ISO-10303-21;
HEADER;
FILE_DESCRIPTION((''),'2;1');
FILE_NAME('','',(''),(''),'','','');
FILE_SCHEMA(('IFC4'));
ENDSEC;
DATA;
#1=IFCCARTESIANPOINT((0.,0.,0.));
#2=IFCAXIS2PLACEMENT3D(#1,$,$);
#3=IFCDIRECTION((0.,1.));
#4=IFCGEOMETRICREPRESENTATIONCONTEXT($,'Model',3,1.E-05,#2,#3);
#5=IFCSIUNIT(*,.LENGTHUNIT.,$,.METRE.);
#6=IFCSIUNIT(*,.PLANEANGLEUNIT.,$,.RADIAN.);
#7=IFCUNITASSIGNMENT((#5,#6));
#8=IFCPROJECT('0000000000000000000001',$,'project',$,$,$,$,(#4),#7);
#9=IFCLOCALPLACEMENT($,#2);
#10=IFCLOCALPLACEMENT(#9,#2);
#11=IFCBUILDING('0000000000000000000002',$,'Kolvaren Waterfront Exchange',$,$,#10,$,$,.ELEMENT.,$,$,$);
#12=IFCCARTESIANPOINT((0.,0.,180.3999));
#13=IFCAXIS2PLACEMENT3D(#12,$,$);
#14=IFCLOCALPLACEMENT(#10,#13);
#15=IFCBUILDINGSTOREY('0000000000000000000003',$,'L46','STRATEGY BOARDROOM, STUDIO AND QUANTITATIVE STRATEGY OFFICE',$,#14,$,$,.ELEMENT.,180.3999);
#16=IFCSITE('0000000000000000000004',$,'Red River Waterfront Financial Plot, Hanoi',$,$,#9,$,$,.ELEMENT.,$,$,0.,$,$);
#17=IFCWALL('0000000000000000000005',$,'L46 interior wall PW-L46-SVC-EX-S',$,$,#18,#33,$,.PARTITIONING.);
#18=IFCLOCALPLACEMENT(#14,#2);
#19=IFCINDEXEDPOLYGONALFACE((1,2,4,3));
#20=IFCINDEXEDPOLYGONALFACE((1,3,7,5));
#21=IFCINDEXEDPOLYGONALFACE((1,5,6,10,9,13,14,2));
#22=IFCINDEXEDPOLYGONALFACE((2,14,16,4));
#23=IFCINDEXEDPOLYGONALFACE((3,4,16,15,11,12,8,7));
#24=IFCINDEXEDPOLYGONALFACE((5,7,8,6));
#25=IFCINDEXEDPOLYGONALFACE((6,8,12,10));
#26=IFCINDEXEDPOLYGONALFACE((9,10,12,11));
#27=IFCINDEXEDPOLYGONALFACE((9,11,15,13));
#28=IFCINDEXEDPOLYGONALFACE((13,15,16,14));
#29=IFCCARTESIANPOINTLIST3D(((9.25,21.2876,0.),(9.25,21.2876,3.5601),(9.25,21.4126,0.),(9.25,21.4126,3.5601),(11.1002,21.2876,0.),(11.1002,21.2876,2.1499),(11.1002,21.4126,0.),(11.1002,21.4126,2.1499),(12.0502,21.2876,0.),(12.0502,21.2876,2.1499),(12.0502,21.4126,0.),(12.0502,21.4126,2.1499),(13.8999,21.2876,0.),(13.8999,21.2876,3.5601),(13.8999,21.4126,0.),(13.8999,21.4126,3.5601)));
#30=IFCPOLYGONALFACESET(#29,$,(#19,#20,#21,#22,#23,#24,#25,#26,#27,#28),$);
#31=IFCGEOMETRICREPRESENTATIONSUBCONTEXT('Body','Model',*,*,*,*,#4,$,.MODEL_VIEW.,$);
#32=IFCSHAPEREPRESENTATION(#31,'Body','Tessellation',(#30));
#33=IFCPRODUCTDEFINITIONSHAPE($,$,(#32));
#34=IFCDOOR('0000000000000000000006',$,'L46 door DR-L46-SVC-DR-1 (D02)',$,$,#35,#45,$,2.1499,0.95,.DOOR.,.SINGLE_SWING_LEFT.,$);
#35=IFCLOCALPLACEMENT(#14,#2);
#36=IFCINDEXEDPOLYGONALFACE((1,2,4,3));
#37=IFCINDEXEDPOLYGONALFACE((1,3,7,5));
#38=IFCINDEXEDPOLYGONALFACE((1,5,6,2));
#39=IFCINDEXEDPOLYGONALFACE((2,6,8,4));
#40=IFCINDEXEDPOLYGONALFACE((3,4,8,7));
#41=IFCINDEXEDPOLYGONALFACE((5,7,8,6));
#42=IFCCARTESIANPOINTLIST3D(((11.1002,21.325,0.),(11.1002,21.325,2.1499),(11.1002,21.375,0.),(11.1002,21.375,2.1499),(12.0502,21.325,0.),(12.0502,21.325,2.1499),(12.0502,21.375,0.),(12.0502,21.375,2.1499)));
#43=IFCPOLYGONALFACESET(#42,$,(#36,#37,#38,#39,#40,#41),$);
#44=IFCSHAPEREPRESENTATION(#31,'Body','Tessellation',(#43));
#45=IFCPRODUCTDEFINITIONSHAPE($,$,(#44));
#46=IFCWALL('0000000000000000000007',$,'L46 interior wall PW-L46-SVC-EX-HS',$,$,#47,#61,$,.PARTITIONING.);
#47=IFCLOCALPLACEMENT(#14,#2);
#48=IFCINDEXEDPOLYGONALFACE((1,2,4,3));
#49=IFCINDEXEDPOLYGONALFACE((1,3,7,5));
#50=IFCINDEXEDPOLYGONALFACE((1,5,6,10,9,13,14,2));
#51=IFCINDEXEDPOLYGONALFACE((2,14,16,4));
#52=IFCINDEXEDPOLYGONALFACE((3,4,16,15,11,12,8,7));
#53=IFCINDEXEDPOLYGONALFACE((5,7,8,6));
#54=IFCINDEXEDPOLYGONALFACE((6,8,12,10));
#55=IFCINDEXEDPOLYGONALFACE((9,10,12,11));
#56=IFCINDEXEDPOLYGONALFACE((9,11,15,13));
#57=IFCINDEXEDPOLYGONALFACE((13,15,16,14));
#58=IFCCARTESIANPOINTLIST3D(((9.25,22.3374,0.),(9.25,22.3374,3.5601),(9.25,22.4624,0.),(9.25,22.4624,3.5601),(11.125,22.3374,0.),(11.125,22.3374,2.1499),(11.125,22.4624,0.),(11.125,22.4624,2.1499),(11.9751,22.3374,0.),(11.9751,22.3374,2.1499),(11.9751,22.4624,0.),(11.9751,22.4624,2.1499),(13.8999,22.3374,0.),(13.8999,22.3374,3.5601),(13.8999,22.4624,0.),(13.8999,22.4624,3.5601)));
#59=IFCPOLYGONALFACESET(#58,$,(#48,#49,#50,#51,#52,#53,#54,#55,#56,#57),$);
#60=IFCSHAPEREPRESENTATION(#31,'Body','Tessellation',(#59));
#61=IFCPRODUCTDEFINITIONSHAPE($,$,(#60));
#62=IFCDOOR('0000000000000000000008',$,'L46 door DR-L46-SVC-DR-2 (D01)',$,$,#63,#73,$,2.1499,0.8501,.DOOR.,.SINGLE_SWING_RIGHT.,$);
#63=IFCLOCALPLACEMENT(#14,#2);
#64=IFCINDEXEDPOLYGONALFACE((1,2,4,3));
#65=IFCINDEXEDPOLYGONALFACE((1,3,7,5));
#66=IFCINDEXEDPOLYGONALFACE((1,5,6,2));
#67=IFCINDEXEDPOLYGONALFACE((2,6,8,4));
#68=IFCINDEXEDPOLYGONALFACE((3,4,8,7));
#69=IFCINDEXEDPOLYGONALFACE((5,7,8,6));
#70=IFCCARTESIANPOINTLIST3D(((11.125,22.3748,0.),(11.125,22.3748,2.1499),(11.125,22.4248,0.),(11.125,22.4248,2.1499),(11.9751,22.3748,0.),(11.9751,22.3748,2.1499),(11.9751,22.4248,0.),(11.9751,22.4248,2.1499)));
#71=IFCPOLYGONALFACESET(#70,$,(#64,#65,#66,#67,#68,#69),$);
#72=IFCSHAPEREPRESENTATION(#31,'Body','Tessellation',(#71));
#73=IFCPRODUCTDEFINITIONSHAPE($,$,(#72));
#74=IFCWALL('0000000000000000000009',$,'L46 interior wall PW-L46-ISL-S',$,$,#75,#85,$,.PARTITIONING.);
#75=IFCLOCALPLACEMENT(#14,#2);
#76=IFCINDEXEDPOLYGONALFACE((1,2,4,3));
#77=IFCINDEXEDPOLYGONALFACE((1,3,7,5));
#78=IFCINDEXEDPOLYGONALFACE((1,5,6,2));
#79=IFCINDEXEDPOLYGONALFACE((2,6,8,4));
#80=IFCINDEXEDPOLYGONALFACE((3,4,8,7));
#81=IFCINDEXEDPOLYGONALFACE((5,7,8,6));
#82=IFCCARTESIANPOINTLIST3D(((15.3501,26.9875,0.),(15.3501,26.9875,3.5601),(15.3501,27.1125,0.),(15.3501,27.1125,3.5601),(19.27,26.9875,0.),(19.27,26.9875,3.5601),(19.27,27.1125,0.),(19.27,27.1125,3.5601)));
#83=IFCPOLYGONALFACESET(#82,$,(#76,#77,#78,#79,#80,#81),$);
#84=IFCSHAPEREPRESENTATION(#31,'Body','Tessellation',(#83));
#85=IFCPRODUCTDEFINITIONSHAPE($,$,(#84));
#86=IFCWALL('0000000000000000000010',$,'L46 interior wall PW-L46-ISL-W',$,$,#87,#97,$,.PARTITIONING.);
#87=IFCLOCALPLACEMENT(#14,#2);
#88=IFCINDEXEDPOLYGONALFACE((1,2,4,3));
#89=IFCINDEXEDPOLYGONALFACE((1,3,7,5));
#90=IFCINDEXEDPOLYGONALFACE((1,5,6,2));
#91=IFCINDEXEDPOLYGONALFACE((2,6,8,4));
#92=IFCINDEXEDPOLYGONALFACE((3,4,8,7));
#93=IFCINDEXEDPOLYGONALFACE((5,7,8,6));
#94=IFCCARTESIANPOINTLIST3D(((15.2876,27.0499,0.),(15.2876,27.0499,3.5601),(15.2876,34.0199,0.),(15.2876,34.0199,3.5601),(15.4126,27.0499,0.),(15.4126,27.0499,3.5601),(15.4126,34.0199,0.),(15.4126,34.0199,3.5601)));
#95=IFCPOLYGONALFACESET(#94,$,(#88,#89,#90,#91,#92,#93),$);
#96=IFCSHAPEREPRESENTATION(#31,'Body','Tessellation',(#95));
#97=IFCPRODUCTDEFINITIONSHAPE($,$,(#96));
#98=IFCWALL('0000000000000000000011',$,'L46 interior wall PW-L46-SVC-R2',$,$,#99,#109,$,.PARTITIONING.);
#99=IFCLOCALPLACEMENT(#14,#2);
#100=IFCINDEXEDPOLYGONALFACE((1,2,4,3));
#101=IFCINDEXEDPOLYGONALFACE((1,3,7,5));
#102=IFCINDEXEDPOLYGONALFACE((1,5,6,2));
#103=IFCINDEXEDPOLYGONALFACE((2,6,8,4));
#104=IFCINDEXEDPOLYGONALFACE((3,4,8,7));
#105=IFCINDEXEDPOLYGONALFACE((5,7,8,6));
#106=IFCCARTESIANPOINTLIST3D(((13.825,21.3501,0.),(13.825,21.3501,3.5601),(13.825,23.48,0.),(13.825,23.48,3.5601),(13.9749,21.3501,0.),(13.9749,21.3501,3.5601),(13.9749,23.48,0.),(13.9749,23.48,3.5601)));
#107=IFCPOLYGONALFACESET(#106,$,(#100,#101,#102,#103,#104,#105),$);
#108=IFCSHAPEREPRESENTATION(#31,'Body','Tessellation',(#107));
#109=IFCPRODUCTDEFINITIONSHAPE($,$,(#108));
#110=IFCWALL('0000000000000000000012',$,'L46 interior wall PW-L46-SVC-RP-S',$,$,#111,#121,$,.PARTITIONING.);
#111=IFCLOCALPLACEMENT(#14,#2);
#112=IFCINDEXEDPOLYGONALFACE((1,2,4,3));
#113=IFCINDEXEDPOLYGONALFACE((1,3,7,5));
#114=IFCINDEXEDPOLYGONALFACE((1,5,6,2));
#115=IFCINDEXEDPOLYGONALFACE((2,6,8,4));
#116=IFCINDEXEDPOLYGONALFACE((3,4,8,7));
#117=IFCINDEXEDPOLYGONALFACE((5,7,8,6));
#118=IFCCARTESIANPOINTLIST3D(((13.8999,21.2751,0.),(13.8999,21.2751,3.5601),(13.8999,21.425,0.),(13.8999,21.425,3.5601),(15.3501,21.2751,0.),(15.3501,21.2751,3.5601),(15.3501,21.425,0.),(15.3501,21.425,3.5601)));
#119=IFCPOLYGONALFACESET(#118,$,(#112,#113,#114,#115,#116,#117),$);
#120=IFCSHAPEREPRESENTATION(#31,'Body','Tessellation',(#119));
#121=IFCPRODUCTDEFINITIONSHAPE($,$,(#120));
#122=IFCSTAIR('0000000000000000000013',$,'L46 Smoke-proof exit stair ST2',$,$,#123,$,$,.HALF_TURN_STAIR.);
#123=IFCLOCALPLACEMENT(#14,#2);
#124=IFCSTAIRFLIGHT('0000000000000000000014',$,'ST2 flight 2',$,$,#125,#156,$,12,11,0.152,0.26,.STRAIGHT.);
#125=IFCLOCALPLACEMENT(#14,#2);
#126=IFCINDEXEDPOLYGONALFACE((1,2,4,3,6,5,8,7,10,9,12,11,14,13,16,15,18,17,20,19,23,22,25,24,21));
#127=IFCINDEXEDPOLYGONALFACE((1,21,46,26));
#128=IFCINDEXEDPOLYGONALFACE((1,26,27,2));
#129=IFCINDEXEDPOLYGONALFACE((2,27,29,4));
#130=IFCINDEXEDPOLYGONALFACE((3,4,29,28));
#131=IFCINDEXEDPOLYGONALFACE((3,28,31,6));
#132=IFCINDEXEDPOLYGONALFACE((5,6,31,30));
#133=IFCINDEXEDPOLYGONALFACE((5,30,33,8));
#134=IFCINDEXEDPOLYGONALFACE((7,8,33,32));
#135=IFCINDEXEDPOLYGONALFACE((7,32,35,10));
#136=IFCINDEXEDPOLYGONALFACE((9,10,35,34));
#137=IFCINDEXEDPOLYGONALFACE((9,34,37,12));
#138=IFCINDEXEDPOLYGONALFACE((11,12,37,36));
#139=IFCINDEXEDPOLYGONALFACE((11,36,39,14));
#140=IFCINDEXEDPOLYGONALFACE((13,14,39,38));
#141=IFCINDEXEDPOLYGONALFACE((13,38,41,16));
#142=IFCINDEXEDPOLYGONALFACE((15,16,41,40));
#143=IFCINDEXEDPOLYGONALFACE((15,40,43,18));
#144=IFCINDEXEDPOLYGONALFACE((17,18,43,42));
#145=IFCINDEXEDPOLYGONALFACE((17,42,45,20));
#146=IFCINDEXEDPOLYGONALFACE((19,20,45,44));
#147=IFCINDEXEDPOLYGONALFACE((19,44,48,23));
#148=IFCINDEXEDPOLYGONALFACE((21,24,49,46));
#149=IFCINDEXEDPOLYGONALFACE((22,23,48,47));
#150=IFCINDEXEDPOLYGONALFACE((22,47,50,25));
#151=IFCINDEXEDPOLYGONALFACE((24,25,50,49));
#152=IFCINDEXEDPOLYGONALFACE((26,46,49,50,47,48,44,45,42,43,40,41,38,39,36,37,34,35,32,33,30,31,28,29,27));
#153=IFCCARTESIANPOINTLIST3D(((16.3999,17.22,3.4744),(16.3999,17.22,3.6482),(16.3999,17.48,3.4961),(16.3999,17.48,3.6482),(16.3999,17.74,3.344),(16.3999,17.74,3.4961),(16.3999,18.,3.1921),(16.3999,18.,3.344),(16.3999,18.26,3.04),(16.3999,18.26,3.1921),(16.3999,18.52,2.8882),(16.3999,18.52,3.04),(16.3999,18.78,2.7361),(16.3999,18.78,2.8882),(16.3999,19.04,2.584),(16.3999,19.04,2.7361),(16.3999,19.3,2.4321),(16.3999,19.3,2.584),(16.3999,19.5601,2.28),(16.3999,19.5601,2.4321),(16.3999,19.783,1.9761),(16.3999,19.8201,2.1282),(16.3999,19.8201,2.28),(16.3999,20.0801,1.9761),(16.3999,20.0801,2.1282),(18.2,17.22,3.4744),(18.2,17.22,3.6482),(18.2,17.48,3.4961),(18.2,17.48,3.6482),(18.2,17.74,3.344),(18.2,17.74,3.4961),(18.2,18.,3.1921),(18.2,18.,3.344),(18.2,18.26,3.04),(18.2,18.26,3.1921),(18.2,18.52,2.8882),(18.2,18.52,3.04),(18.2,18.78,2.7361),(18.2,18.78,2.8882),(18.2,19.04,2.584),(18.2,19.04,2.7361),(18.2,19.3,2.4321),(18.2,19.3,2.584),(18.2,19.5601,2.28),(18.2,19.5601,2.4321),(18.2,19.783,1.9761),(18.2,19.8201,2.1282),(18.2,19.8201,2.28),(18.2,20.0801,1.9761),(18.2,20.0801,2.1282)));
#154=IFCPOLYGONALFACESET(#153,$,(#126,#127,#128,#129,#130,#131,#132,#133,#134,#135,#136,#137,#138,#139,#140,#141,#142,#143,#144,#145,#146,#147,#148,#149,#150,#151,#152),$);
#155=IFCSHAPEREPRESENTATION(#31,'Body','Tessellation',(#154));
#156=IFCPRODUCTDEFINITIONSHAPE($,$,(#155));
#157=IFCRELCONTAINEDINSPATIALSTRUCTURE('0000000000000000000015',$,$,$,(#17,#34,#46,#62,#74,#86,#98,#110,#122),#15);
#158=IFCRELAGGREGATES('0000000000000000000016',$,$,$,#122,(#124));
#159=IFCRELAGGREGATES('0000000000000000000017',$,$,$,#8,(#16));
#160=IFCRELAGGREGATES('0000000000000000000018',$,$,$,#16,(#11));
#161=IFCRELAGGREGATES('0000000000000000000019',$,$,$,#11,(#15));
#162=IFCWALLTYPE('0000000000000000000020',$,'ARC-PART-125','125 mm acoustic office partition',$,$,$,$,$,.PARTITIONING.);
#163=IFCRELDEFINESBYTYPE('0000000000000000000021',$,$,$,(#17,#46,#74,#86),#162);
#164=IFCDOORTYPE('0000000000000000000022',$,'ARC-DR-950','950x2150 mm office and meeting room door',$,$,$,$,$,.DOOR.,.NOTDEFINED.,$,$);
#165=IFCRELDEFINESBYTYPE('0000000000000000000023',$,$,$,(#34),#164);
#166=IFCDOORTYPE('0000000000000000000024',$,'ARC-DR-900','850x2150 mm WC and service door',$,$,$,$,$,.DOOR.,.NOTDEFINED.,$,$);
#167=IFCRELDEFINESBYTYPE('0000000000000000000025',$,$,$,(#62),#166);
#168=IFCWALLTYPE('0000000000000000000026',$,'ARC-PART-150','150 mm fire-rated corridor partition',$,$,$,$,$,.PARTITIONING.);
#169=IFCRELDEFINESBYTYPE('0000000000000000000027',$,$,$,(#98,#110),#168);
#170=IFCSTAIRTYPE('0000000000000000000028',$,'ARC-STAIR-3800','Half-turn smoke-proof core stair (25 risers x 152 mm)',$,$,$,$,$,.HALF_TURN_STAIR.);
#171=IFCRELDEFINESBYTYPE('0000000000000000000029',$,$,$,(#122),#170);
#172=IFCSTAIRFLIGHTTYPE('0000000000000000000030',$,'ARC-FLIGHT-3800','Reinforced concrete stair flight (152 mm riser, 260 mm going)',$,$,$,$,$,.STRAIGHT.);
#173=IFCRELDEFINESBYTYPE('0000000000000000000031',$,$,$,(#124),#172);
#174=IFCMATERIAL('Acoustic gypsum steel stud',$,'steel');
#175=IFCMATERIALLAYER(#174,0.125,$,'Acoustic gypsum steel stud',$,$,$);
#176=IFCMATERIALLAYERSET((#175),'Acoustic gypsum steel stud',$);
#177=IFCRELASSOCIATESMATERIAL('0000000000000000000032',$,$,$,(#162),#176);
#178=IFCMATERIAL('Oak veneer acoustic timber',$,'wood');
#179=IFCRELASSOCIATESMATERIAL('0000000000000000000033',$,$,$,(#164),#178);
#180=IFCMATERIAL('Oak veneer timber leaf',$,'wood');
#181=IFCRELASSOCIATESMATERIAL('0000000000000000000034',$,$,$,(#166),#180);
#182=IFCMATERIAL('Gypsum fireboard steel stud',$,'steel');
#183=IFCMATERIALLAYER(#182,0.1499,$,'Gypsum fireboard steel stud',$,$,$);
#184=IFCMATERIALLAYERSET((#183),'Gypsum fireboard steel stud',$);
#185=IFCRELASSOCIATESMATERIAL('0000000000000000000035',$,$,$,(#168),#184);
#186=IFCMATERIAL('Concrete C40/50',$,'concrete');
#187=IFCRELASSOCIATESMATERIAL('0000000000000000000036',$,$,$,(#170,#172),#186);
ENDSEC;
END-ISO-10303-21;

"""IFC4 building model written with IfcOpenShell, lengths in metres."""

from ifc_helpers import new_model, si_unit, direction, frame, frame_2d, origin, place, context, subcontext, project, spatial, polyline, rectangle, outline, extrude, material, layer, layer_set, type_object, element, fill, aggregate, save


model = new_model("IFC4")

# Units and contexts
model_context = context("Model", 3, precision=1e-05, world=origin(), true_north=direction((0.0, 1.0)))
body_context = subcontext(model_context, "Body", "Model", "MODEL_VIEW")
ifc_project = project(units=[si_unit("LENGTHUNIT", "METRE"), si_unit("PLANEANGLEUNIT", "RADIAN")], contexts=[model_context])

# Site, building, storey
site_placement = place(None, origin())
site = spatial("IfcSite", under=ifc_project, at=site_placement, Name="Red River Waterfront Financial Plot, Hanoi", CompositionType="ELEMENT", RefElevation=0.0)
building_placement = place(site_placement, origin())
building = spatial("IfcBuilding", under=site, at=building_placement, Name="Kolvaren Waterfront Exchange", CompositionType="ELEMENT")
storey_placement = place(building_placement, frame((0.0, 0.0, 180.3999)))
storey = spatial("IfcBuildingStorey", under=building, at=storey_placement, Name="L46", Description="STRATEGY BOARDROOM, STUDIO AND QUANTITATIVE STRATEGY OFFICE", CompositionType="ELEMENT", Elevation=180.3999)

# Walls, openings, doors
ifc_material_1 = material(Name="Acoustic gypsum steel stud", Category="steel")
ifc_layer_1 = layer(ifc_material_1, 0.125, Name="Acoustic gypsum steel stud")
ifc_layer_set_1 = layer_set([ifc_layer_1], Name="Acoustic gypsum steel stud")
wall_type_1 = type_object("IfcWallType", Name="ARC-PART-125", Description="125 mm acoustic office partition", PredefinedType="PARTITIONING", material=ifc_layer_set_1)
wall_1_placement = place(storey_placement, frame((9.25, 21.3501, 0.0), z_axis=(0.0, 0.0, 1.0), x_axis=(1.0, 0.0, 0.0)))
wall_1 = element("IfcWall", 1, at=wall_1_placement, inside=storey, type_object=wall_type_1, Name="L46 interior wall PW-L46-SVC-EX-S", PredefinedType="PARTITIONING", context=body_context, shape_type="SweptSolid", body=[
    extrude(rectangle(XDim=4.6499, YDim=0.125, at=frame_2d((2.325, 0.0))), origin(), (0.0, 0.0, 1.0), 3.5601),
])
opening_1_placement = place(wall_1_placement, frame((1.8501, 0.0, 0.0)))
opening_1 = element("IfcOpeningElement", 2, at=opening_1_placement, cuts=wall_1, PredefinedType="OPENING", context=body_context, shape_type="SweptSolid", body=[
    extrude(rectangle(XDim=0.95, YDim=2.1499, at=frame_2d((0.4751, 1.075))), frame((0.0, 0.0725, 0.0), z_axis=(0.0, -1.0, 0.0), x_axis=(1.0, 0.0, 0.0)), (0.0, 0.0, 1.0), 0.145),
])
ifc_material_2 = material(Name="Oak veneer acoustic timber", Category="wood")
door_type_1 = type_object("IfcDoorType", Name="ARC-DR-950", Description="950x2150 mm office and meeting room door", OperationType="NOTDEFINED", PredefinedType="DOOR", material=ifc_material_2)
door_1_placement = place(opening_1_placement, origin())
door_1 = element("IfcDoor", 3, at=door_1_placement, inside=storey, type_object=door_type_1, Name="L46 door DR-L46-SVC-DR-1 (D02)", OperationType="SINGLE_SWING_LEFT", OverallHeight=2.1499, OverallWidth=0.95, PredefinedType="DOOR", context=body_context, shape_type="SweptSolid", body=[
    extrude(rectangle(XDim=0.95, YDim=2.1499, at=frame_2d((0.4751, 1.075))), frame((0.0, 0.0249, 0.0), z_axis=(0.0, -1.0, 0.0), x_axis=(1.0, 0.0, 0.0)), (0.0, 0.0, 1.0), 0.05),
])
fill(opening_1, door_1)
wall_2_placement = place(storey_placement, frame((9.25, 22.3999, 0.0), z_axis=(0.0, 0.0, 1.0), x_axis=(1.0, 0.0, 0.0)))
wall_2 = element("IfcWall", 4, at=wall_2_placement, inside=storey, type_object=wall_type_1, Name="L46 interior wall PW-L46-SVC-EX-HS", PredefinedType="PARTITIONING", context=body_context, shape_type="SweptSolid", body=[
    extrude(rectangle(XDim=4.6499, YDim=0.125, at=frame_2d((2.325, 0.0))), origin(), (0.0, 0.0, 1.0), 3.5601),
])
opening_2_placement = place(wall_2_placement, frame((1.875, 0.0, 0.0)))
opening_2 = element("IfcOpeningElement", 5, at=opening_2_placement, cuts=wall_2, PredefinedType="OPENING", context=body_context, shape_type="SweptSolid", body=[
    extrude(rectangle(XDim=0.8501, YDim=2.1499, at=frame_2d((0.425, 1.075))), frame((0.0, 0.0725, 0.0), z_axis=(0.0, -1.0, 0.0), x_axis=(1.0, 0.0, 0.0)), (0.0, 0.0, 1.0), 0.145),
])
ifc_material_3 = material(Name="Oak veneer timber leaf", Category="wood")
door_type_2 = type_object("IfcDoorType", Name="ARC-DR-900", Description="850x2150 mm WC and service door", OperationType="NOTDEFINED", PredefinedType="DOOR", material=ifc_material_3)
door_2_placement = place(opening_2_placement, origin())
door_2 = element("IfcDoor", 6, at=door_2_placement, inside=storey, type_object=door_type_2, Name="L46 door DR-L46-SVC-DR-2 (D01)", OperationType="SINGLE_SWING_RIGHT", OverallHeight=2.1499, OverallWidth=0.8501, PredefinedType="DOOR", context=body_context, shape_type="SweptSolid", body=[
    extrude(rectangle(XDim=0.8501, YDim=2.1499, at=frame_2d((0.425, 1.075))), frame((0.0, 0.0249, 0.0), z_axis=(0.0, -1.0, 0.0), x_axis=(1.0, 0.0, 0.0)), (0.0, 0.0, 1.0), 0.05),
])
fill(opening_2, door_2)

# Walls
wall_3_placement = place(storey_placement, frame((15.3501, 27.05, 0.0), z_axis=(0.0, 0.0, 1.0), x_axis=(1.0, 0.0, 0.0)))
element("IfcWall", 7, at=wall_3_placement, inside=storey, type_object=wall_type_1, Name="L46 interior wall PW-L46-ISL-S", PredefinedType="PARTITIONING", context=body_context, shape_type="SweptSolid", body=[
    extrude(rectangle(XDim=3.9199, YDim=0.125, at=frame_2d((1.96, 0.0))), origin(), (0.0, 0.0, 1.0), 3.5601),
])
wall_4_placement = place(storey_placement, frame((15.3501, 27.05, 0.0), z_axis=(0.0, 0.0, 1.0), x_axis=(0.0, 1.0, 0.0)))
element("IfcWall", 8, at=wall_4_placement, inside=storey, type_object=wall_type_1, Name="L46 interior wall PW-L46-ISL-W", PredefinedType="PARTITIONING", context=body_context, shape_type="SweptSolid", body=[
    extrude(rectangle(XDim=6.97, YDim=0.125, at=frame_2d((3.4849, 0.0))), origin(), (0.0, 0.0, 1.0), 3.5601),
])
ifc_material_4 = material(Name="Gypsum fireboard steel stud", Category="steel")
ifc_layer_2 = layer(ifc_material_4, 0.1499, Name="Gypsum fireboard steel stud")
ifc_layer_set_2 = layer_set([ifc_layer_2], Name="Gypsum fireboard steel stud")
wall_type_2 = type_object("IfcWallType", Name="ARC-PART-150", Description="150 mm fire-rated corridor partition", PredefinedType="PARTITIONING", material=ifc_layer_set_2)
wall_5_placement = place(storey_placement, frame((13.8999, 21.3501, 0.0), z_axis=(0.0, 0.0, 1.0), x_axis=(0.0, 1.0, 0.0)))
element("IfcWall", 9, at=wall_5_placement, inside=storey, type_object=wall_type_2, Name="L46 interior wall PW-L46-SVC-R2", PredefinedType="PARTITIONING", context=body_context, shape_type="SweptSolid", body=[
    extrude(rectangle(XDim=2.1299, YDim=0.1499, at=frame_2d((1.0649, 0.0))), origin(), (0.0, 0.0, 1.0), 3.5601),
])
wall_6_placement = place(storey_placement, frame((13.8999, 21.3501, 0.0), z_axis=(0.0, 0.0, 1.0), x_axis=(1.0, 0.0, 0.0)))
element("IfcWall", 10, at=wall_6_placement, inside=storey, type_object=wall_type_2, Name="L46 interior wall PW-L46-SVC-RP-S", PredefinedType="PARTITIONING", context=body_context, shape_type="SweptSolid", body=[
    extrude(rectangle(XDim=1.4502, YDim=0.1499, at=frame_2d((0.7251, 0.0))), origin(), (0.0, 0.0, 1.0), 3.5601),
])

# Stair, stair flight
ifc_material_5 = material(Name="Concrete C40/50", Category="concrete")
stair_type = type_object("IfcStairType", Name="ARC-STAIR-3800", Description="Half-turn smoke-proof core stair (25 risers x 152 mm)", PredefinedType="HALF_TURN_STAIR", material=ifc_material_5)
stair_placement = place(storey_placement, origin())
stair = element("IfcStair", 11, at=stair_placement, inside=storey, type_object=stair_type, Name="L46 Smoke-proof exit stair ST2", PredefinedType="HALF_TURN_STAIR")
stair_flight_type = type_object("IfcStairFlightType", Name="ARC-FLIGHT-3800", Description="Reinforced concrete stair flight (152 mm riser, 260 mm going)", PredefinedType="STRAIGHT", material=ifc_material_5)
stair_flight_placement = place(storey_placement, frame((17.3, 20.0801, 1.9761), z_axis=(0.0, 0.0, 1.0), x_axis=(0.0, -1.0, 0.0)))
stair_flight = element("IfcStairFlight", 12, at=stair_flight_placement, type_object=stair_flight_type, Name="ST2 flight 2", NumberOfRisers=12, NumberOfTreads=11, PredefinedType="STRAIGHT", RiserHeight=0.152, TreadLength=0.26, context=body_context, shape_type="SweptSolid", body=[
    extrude(outline(polyline([(0.0, 0.0), (0.0, 0.1521), (0.26, 0.1521), (0.26, 0.304), (0.52, 0.304), (0.52, 0.4561), (0.78, 0.4561), (0.78, 0.6079), (1.04, 0.6079), (1.04, 0.76), (1.3, 0.76), (1.3, 0.9121), (1.5601, 0.9121), (1.5601, 1.064), (1.8201, 1.064), (1.8201, 1.2161), (2.0801, 1.2161), (2.0801, 1.3679), (2.3401, 1.3679), (2.3401, 1.52), (2.6001, 1.52), (2.6001, 1.6721), (2.8601, 1.6721), (2.8601, 1.824), (2.8601, 1.4983), (0.2971, 0.0), (0.0, 0.0)])), frame((0.0, 0.8999, 0.0), z_axis=(0.0, -1.0, 0.0), x_axis=(1.0, 0.0, 0.0)), (0.0, 0.0, 1.0), 1.8),
])
aggregate(stair, [stair_flight])

save(model, "model.ifc")
